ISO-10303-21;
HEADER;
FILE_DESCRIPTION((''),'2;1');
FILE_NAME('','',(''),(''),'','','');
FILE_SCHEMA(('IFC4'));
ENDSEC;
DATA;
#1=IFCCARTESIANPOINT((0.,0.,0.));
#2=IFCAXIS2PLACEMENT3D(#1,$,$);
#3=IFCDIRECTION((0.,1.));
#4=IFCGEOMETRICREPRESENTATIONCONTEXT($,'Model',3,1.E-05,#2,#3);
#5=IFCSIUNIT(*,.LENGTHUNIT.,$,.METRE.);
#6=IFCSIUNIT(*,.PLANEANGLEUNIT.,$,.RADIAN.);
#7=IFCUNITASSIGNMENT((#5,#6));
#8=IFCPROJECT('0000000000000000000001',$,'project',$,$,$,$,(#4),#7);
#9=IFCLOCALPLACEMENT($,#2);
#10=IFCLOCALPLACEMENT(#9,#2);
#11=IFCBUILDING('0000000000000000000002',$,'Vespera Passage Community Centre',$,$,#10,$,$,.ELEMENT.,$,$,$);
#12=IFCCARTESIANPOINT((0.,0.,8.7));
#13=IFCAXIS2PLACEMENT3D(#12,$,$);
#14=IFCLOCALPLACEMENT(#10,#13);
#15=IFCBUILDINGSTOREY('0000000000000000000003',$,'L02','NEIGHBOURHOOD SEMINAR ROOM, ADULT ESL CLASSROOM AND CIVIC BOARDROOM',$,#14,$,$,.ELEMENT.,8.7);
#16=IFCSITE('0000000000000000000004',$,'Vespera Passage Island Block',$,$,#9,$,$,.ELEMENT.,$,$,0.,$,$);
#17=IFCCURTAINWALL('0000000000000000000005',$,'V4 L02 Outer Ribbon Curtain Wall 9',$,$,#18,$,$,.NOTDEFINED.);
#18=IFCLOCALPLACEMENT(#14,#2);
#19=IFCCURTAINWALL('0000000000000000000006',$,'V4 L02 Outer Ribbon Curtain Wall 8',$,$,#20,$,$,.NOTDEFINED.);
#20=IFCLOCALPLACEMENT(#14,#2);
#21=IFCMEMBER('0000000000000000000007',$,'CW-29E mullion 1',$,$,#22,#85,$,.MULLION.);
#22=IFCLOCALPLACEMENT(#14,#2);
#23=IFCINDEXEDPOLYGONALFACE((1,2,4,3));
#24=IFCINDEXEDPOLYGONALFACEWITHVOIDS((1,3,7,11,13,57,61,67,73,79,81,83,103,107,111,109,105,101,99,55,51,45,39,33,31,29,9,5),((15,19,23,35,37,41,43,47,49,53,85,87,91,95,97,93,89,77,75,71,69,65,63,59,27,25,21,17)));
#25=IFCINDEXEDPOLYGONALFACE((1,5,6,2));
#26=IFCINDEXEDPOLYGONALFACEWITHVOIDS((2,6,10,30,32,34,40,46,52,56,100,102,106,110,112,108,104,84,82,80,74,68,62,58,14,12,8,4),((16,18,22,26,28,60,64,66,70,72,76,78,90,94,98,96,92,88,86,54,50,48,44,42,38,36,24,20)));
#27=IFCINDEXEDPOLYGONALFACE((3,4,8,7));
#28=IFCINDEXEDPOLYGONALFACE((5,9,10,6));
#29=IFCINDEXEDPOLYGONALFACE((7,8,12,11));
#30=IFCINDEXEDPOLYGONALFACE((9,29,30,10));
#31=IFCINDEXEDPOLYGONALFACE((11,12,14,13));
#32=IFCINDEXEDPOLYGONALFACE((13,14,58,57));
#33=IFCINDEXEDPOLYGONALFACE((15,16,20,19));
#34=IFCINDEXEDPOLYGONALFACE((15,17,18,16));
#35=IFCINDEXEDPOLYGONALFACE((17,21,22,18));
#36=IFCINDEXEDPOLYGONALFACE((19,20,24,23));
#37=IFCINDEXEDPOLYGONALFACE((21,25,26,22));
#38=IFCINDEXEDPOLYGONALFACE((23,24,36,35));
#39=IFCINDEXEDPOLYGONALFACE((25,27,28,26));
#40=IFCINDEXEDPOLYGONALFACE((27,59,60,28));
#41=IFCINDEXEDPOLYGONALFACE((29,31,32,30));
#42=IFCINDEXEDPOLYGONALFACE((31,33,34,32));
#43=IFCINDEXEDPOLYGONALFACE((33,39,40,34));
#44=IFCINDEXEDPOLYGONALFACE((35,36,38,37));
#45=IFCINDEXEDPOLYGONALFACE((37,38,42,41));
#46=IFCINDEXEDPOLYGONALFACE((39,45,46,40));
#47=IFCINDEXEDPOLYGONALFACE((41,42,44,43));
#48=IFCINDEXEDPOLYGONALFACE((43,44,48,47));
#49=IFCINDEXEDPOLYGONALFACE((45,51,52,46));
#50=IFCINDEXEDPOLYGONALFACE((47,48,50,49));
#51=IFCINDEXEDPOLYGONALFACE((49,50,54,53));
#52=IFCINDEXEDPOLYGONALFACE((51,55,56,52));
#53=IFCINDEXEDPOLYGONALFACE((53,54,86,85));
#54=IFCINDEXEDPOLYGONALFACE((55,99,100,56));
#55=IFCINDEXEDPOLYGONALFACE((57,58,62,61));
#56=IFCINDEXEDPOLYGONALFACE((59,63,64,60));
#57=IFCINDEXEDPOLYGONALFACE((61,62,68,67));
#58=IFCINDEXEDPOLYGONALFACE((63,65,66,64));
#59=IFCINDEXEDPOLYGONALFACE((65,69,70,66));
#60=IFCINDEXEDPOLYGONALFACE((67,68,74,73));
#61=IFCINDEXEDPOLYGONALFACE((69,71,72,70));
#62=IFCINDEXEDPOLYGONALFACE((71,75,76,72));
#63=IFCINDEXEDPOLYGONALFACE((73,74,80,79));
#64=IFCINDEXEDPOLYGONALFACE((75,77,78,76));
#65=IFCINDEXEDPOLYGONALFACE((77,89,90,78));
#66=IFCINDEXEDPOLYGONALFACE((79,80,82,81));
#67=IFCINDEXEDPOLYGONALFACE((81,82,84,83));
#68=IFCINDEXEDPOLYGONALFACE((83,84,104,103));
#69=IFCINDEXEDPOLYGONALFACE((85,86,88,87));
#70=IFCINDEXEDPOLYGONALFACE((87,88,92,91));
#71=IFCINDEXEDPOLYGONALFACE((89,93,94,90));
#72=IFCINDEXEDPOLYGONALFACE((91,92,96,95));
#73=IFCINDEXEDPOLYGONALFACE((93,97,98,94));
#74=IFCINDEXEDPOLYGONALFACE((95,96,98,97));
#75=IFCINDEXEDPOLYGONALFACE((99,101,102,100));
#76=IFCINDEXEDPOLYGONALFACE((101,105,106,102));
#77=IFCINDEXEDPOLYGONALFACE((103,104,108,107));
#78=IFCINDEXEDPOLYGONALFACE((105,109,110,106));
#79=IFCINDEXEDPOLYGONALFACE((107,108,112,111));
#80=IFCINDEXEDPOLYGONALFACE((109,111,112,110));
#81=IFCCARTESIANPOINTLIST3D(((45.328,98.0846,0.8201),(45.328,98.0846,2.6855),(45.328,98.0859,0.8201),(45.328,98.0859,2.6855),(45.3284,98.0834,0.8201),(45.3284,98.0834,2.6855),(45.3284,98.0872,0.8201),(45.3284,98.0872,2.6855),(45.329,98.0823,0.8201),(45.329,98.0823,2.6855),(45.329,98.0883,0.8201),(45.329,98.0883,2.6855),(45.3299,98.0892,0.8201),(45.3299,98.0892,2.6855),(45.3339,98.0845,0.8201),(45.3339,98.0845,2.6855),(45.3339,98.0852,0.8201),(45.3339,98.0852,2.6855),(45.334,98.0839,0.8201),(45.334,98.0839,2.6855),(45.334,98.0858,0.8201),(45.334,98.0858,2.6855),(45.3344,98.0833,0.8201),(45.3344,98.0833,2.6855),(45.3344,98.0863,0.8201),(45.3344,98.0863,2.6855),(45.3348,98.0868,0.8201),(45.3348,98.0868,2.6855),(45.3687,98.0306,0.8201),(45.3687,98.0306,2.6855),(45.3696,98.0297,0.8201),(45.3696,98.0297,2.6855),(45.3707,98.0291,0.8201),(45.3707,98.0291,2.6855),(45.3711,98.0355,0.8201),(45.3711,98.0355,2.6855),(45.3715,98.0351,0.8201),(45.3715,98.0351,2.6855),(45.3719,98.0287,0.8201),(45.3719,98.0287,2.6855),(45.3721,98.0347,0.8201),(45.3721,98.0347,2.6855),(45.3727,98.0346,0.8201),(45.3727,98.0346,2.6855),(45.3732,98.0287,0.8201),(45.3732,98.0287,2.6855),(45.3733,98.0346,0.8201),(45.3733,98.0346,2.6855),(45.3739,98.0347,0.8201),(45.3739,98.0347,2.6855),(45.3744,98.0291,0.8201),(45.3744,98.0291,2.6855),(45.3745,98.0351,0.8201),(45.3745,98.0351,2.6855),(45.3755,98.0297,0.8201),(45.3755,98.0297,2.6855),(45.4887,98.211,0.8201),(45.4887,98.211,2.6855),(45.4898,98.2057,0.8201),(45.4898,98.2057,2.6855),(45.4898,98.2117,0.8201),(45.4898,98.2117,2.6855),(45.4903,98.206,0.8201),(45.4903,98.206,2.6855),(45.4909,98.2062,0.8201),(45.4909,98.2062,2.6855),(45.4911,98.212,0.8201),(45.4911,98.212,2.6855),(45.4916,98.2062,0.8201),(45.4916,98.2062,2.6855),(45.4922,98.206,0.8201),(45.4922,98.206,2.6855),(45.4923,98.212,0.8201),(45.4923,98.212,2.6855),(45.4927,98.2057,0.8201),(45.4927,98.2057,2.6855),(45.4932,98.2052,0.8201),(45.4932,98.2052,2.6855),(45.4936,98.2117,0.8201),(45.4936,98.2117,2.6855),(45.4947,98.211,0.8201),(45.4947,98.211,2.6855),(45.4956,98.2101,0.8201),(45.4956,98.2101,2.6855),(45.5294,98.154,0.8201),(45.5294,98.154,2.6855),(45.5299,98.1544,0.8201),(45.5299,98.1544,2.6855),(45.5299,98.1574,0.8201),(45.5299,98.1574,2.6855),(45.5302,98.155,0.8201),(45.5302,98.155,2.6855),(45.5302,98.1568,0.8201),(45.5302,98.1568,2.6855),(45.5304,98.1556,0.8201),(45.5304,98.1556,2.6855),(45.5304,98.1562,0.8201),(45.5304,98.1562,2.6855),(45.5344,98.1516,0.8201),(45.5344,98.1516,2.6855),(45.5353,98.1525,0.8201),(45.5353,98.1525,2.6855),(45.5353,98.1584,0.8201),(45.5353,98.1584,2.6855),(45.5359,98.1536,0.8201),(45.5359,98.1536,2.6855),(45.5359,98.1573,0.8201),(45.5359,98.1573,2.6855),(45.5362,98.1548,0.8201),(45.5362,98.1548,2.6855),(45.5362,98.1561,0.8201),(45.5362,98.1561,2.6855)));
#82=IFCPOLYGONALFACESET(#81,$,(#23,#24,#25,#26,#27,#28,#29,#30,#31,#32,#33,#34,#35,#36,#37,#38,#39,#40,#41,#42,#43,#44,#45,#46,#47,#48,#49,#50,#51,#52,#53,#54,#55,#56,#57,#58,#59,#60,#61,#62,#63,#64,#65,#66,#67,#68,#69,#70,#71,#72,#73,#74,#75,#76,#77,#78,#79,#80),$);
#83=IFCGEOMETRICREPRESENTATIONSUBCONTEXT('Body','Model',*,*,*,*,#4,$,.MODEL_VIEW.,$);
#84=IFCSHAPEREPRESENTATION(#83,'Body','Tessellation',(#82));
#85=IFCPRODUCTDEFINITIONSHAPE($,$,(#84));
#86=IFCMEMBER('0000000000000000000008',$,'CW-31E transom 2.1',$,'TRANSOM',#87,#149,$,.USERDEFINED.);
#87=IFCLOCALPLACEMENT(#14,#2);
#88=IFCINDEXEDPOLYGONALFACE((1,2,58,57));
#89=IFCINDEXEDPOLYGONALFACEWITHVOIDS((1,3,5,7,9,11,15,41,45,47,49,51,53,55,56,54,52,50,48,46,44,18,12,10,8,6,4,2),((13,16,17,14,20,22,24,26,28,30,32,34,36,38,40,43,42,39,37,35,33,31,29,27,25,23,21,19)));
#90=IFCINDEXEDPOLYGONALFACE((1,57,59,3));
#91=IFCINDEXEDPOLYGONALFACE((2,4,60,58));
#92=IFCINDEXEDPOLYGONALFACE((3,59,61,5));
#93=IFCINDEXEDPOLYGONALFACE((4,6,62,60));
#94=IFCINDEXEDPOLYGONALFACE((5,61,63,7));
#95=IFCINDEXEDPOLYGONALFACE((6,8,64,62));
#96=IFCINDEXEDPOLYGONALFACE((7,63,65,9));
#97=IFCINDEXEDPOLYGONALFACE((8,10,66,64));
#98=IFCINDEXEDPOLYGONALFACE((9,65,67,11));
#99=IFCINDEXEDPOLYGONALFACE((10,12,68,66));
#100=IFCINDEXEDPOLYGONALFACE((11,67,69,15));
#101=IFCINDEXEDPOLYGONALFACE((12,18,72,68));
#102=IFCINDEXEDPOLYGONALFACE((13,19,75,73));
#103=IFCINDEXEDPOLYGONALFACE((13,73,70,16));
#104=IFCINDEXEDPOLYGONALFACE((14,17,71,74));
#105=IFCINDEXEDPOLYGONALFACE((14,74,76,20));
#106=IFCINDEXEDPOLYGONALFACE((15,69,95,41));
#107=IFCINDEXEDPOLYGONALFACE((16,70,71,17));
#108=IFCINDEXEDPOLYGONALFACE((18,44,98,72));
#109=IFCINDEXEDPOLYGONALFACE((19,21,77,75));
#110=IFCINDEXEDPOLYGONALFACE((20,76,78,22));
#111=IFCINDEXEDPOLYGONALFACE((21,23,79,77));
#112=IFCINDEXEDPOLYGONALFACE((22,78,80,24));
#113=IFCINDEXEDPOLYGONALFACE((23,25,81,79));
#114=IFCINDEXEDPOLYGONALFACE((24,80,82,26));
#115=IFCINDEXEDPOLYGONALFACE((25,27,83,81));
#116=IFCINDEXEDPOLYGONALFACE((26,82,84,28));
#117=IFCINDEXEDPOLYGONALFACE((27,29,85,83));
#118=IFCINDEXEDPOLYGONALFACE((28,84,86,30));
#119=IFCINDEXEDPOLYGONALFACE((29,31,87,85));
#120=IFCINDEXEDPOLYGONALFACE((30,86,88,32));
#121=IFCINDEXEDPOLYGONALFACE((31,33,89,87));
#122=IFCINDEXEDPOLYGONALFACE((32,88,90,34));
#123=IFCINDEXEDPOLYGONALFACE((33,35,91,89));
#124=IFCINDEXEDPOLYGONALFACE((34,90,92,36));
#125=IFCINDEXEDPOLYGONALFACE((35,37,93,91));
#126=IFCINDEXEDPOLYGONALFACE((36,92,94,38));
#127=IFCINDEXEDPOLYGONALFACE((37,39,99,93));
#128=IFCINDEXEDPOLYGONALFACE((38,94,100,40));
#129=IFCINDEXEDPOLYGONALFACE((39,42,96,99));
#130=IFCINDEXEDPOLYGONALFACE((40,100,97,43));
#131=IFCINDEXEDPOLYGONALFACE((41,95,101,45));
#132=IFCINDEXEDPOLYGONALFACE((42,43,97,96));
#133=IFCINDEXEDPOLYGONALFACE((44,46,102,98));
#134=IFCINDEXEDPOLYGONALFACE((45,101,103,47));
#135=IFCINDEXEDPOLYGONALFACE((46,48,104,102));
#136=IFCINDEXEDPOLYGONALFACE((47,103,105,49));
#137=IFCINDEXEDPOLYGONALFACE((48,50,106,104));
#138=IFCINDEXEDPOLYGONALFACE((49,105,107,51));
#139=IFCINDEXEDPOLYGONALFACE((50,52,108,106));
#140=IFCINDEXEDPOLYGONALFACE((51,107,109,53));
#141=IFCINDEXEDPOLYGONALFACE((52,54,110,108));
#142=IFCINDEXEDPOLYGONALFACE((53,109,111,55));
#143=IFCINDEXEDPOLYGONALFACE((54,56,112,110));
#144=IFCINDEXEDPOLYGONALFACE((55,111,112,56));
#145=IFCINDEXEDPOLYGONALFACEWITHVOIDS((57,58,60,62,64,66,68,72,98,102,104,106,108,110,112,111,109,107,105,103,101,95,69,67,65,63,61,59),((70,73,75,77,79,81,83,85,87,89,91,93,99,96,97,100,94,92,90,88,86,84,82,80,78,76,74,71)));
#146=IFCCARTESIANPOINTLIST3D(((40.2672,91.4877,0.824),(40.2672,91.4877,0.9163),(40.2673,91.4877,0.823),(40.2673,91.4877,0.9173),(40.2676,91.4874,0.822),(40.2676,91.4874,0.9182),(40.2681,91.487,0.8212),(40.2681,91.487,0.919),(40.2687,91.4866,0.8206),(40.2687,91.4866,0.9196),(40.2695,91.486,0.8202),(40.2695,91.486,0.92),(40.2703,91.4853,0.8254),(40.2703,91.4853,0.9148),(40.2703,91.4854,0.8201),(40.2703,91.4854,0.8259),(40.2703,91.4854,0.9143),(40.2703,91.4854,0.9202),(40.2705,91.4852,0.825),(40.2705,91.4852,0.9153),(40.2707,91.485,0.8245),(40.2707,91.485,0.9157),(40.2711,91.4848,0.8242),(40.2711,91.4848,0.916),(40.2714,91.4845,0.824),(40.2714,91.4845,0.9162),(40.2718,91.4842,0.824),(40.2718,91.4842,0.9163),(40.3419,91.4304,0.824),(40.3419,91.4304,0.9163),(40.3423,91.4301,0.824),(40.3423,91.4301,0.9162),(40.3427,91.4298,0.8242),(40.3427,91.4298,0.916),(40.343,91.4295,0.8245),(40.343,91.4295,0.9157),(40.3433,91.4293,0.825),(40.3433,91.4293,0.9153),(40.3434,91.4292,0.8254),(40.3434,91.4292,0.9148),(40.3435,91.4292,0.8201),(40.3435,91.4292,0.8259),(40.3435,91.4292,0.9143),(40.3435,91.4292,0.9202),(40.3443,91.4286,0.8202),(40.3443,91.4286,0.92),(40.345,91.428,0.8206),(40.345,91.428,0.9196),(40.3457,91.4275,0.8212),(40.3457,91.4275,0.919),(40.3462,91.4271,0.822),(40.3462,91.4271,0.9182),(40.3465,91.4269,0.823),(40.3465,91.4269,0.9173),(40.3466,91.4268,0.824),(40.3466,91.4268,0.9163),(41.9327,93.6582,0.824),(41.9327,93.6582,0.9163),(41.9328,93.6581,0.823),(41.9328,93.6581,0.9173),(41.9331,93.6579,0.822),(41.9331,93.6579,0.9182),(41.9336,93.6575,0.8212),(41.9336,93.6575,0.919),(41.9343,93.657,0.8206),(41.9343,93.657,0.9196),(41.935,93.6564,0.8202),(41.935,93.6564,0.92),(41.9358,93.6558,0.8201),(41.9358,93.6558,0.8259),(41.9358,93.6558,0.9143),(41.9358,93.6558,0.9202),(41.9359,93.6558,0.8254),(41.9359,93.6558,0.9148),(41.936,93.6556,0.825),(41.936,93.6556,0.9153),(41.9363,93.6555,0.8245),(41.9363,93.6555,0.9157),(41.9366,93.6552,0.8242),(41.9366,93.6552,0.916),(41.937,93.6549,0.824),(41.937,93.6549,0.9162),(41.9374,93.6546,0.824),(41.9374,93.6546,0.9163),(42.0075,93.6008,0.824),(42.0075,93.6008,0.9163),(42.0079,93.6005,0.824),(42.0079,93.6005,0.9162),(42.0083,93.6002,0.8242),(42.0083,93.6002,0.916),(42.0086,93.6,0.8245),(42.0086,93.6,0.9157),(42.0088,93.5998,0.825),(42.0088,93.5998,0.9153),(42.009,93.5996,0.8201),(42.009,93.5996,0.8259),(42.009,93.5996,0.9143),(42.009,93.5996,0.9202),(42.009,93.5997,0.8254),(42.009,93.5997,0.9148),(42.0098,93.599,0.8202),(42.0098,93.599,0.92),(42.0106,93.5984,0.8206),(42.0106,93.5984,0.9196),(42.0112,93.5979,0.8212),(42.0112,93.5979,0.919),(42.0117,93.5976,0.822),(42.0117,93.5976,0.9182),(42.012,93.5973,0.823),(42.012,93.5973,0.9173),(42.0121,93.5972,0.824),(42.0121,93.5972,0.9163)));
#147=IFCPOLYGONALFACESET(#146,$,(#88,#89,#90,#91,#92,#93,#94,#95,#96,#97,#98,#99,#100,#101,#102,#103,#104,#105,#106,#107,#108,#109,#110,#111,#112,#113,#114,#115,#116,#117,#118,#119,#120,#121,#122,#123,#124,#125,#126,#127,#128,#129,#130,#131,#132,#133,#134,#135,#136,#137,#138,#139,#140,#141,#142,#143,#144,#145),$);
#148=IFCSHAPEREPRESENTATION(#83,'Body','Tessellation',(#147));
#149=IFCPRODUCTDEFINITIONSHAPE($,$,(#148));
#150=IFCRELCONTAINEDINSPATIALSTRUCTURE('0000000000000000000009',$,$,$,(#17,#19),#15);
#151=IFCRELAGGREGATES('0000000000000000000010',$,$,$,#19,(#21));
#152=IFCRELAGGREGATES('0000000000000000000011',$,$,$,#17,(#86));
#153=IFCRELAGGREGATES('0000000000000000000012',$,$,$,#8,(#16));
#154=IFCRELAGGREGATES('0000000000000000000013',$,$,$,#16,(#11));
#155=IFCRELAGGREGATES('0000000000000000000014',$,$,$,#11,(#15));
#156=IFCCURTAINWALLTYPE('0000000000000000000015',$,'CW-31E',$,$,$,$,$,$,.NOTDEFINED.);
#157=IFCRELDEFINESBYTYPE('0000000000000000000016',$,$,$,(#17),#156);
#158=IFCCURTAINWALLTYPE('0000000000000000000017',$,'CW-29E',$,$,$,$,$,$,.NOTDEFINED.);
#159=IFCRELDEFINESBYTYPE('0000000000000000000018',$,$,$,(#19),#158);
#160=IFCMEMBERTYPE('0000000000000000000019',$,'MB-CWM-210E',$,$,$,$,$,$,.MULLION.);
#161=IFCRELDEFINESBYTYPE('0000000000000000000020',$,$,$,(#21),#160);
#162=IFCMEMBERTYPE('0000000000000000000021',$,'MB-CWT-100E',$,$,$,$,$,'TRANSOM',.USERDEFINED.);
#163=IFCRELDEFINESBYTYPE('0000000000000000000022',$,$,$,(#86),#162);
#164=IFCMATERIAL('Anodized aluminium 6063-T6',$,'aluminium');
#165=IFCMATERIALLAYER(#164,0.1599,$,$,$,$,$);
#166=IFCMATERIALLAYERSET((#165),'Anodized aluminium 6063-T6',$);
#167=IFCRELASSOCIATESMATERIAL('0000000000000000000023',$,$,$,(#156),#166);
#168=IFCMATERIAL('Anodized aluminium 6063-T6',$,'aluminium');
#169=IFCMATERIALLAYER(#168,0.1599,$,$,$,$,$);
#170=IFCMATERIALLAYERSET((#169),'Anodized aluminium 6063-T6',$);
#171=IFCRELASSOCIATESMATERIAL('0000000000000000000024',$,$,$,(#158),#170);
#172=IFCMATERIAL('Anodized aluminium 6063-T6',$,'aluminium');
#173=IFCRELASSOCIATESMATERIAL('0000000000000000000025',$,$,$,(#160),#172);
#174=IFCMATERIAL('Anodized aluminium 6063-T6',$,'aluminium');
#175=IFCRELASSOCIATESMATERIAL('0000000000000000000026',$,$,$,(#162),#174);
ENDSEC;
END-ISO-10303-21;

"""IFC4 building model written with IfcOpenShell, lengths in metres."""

from ifc_helpers import new_model, si_unit, direction, frame, origin, origin_2d, place, context, subcontext, project, spatial, hollow_rectangle, extrude, material, layer, layer_set, material_profile, profile_set, type_object, element, aggregate, save


model = new_model("IFC4")

# Units and contexts
model_context = context("Model", 3, precision=1e-05, world=origin(), true_north=direction((0.0, 1.0)))
body_context = subcontext(model_context, "Body", "Model", "MODEL_VIEW")
ifc_project = project(units=[si_unit("LENGTHUNIT", "METRE"), si_unit("PLANEANGLEUNIT", "RADIAN")], contexts=[model_context])

# Site, building, storey
site_placement = place(None, origin())
site = spatial("IfcSite", under=ifc_project, at=site_placement, Name="Vespera Passage Island Block", CompositionType="ELEMENT", RefElevation=0.0)
building_placement = place(site_placement, origin())
building = spatial("IfcBuilding", under=site, at=building_placement, Name="Vespera Passage Community Centre", CompositionType="ELEMENT")
storey_placement = place(building_placement, frame((0.0, 0.0, 8.7)))
storey = spatial("IfcBuildingStorey", under=building, at=storey_placement, Name="L02", Description="NEIGHBOURHOOD SEMINAR ROOM, ADULT ESL CLASSROOM AND CIVIC BOARDROOM", CompositionType="ELEMENT", Elevation=8.7)

# Curtain wall
ifc_material_1 = material(Name="Anodized aluminium 6063-T6", Category="aluminium")
ifc_layer_1 = layer(ifc_material_1, 0.1599)
ifc_layer_set_1 = layer_set([ifc_layer_1], Name="Anodized aluminium 6063-T6")
curtain_wall_type_1 = type_object("IfcCurtainWallType", Name="CW-31E", PredefinedType="NOTDEFINED", material=ifc_layer_set_1)
curtain_wall_1_placement = place(storey_placement, origin())
curtain_wall_1 = element("IfcCurtainWall", 1, at=curtain_wall_1_placement, inside=storey, type_object=curtain_wall_type_1, Name="V4 L02 Outer Ribbon Curtain Wall 9", PredefinedType="NOTDEFINED")

# Curtain wall, member
ifc_material_2 = material(Name="Anodized aluminium 6063-T6", Category="aluminium")
ifc_layer_2 = layer(ifc_material_2, 0.1599)
ifc_layer_set_2 = layer_set([ifc_layer_2], Name="Anodized aluminium 6063-T6")
curtain_wall_type_2 = type_object("IfcCurtainWallType", Name="CW-29E", PredefinedType="NOTDEFINED", material=ifc_layer_set_2)
curtain_wall_2_placement = place(storey_placement, origin())
curtain_wall_2 = element("IfcCurtainWall", 2, at=curtain_wall_2_placement, inside=storey, type_object=curtain_wall_type_2, Name="V4 L02 Outer Ribbon Curtain Wall 8", PredefinedType="NOTDEFINED")
ifc_material_3 = material(Name="Anodized aluminium 6063-T6", Category="aluminium")
ifc_material_profile_1 = material_profile(ifc_material_3, hollow_rectangle(XDim=0.075, YDim=0.21, WallThickness=0.0049, InnerFilletRadius=0.0024, OuterFilletRadius=0.0049, at=origin_2d()), Name="ALU210X75X5")
ifc_profile_set_1 = profile_set([ifc_material_profile_1], Name="Anodized aluminium 6063-T6")
member_type_1 = type_object("IfcMemberType", Name="MB-CWM-210E", PredefinedType="MULLION", material=ifc_profile_set_1)
member_1_placement = place(storey_placement, frame((45.4321, 98.1204, 0.8201), z_axis=(0.0, 0.0, 1.0), x_axis=(-0.608768, 0.793348, 0.0)))
member_1 = element("IfcMember", 3, at=member_1_placement, type_object=member_type_1, Name="CW-29E mullion 1", PredefinedType="MULLION", context=body_context, shape_type="SweptSolid", body=[
    extrude(hollow_rectangle(XDim=0.075, YDim=0.21, WallThickness=0.0049, InnerFilletRadius=0.0024, OuterFilletRadius=0.0049, at=origin_2d()), origin(), (0.0, 0.0, 1.0), 1.8655),
])

# Member
ifc_material_4 = material(Name="Anodized aluminium 6063-T6", Category="aluminium")
ifc_material_profile_2 = material_profile(ifc_material_4, hollow_rectangle(XDim=0.1001, YDim=0.1001, WallThickness=0.0039, InnerFilletRadius=0.002, OuterFilletRadius=0.0039, at=origin_2d()), Name="ALU100X100X4")
ifc_profile_set_2 = profile_set([ifc_material_profile_2], Name="Anodized aluminium 6063-T6")
member_type_2 = type_object("IfcMemberType", Name="MB-CWT-100E", ElementType="TRANSOM", PredefinedType="USERDEFINED", material=ifc_profile_set_2)
member_2_placement = place(storey_placement, frame((40.3069, 91.4573, 0.8701), z_axis=(0.608787, 0.793333, 0.0), x_axis=(-0.793333, 0.608787, 0.0)))
member_2 = element("IfcMember", 4, at=member_2_placement, type_object=member_type_2, Name="CW-31E transom 2.1", ObjectType="TRANSOM", PredefinedType="USERDEFINED", context=body_context, shape_type="SweptSolid", body=[
    extrude(hollow_rectangle(XDim=0.1001, YDim=0.1001, WallThickness=0.0039, InnerFilletRadius=0.002, OuterFilletRadius=0.0039, at=origin_2d()), origin(), (0.0, 0.0, 1.0), 2.7358),
])
aggregate(curtain_wall_2, [member_1])

aggregate(curtain_wall_1, [member_2])

save(model, "model.ifc")
